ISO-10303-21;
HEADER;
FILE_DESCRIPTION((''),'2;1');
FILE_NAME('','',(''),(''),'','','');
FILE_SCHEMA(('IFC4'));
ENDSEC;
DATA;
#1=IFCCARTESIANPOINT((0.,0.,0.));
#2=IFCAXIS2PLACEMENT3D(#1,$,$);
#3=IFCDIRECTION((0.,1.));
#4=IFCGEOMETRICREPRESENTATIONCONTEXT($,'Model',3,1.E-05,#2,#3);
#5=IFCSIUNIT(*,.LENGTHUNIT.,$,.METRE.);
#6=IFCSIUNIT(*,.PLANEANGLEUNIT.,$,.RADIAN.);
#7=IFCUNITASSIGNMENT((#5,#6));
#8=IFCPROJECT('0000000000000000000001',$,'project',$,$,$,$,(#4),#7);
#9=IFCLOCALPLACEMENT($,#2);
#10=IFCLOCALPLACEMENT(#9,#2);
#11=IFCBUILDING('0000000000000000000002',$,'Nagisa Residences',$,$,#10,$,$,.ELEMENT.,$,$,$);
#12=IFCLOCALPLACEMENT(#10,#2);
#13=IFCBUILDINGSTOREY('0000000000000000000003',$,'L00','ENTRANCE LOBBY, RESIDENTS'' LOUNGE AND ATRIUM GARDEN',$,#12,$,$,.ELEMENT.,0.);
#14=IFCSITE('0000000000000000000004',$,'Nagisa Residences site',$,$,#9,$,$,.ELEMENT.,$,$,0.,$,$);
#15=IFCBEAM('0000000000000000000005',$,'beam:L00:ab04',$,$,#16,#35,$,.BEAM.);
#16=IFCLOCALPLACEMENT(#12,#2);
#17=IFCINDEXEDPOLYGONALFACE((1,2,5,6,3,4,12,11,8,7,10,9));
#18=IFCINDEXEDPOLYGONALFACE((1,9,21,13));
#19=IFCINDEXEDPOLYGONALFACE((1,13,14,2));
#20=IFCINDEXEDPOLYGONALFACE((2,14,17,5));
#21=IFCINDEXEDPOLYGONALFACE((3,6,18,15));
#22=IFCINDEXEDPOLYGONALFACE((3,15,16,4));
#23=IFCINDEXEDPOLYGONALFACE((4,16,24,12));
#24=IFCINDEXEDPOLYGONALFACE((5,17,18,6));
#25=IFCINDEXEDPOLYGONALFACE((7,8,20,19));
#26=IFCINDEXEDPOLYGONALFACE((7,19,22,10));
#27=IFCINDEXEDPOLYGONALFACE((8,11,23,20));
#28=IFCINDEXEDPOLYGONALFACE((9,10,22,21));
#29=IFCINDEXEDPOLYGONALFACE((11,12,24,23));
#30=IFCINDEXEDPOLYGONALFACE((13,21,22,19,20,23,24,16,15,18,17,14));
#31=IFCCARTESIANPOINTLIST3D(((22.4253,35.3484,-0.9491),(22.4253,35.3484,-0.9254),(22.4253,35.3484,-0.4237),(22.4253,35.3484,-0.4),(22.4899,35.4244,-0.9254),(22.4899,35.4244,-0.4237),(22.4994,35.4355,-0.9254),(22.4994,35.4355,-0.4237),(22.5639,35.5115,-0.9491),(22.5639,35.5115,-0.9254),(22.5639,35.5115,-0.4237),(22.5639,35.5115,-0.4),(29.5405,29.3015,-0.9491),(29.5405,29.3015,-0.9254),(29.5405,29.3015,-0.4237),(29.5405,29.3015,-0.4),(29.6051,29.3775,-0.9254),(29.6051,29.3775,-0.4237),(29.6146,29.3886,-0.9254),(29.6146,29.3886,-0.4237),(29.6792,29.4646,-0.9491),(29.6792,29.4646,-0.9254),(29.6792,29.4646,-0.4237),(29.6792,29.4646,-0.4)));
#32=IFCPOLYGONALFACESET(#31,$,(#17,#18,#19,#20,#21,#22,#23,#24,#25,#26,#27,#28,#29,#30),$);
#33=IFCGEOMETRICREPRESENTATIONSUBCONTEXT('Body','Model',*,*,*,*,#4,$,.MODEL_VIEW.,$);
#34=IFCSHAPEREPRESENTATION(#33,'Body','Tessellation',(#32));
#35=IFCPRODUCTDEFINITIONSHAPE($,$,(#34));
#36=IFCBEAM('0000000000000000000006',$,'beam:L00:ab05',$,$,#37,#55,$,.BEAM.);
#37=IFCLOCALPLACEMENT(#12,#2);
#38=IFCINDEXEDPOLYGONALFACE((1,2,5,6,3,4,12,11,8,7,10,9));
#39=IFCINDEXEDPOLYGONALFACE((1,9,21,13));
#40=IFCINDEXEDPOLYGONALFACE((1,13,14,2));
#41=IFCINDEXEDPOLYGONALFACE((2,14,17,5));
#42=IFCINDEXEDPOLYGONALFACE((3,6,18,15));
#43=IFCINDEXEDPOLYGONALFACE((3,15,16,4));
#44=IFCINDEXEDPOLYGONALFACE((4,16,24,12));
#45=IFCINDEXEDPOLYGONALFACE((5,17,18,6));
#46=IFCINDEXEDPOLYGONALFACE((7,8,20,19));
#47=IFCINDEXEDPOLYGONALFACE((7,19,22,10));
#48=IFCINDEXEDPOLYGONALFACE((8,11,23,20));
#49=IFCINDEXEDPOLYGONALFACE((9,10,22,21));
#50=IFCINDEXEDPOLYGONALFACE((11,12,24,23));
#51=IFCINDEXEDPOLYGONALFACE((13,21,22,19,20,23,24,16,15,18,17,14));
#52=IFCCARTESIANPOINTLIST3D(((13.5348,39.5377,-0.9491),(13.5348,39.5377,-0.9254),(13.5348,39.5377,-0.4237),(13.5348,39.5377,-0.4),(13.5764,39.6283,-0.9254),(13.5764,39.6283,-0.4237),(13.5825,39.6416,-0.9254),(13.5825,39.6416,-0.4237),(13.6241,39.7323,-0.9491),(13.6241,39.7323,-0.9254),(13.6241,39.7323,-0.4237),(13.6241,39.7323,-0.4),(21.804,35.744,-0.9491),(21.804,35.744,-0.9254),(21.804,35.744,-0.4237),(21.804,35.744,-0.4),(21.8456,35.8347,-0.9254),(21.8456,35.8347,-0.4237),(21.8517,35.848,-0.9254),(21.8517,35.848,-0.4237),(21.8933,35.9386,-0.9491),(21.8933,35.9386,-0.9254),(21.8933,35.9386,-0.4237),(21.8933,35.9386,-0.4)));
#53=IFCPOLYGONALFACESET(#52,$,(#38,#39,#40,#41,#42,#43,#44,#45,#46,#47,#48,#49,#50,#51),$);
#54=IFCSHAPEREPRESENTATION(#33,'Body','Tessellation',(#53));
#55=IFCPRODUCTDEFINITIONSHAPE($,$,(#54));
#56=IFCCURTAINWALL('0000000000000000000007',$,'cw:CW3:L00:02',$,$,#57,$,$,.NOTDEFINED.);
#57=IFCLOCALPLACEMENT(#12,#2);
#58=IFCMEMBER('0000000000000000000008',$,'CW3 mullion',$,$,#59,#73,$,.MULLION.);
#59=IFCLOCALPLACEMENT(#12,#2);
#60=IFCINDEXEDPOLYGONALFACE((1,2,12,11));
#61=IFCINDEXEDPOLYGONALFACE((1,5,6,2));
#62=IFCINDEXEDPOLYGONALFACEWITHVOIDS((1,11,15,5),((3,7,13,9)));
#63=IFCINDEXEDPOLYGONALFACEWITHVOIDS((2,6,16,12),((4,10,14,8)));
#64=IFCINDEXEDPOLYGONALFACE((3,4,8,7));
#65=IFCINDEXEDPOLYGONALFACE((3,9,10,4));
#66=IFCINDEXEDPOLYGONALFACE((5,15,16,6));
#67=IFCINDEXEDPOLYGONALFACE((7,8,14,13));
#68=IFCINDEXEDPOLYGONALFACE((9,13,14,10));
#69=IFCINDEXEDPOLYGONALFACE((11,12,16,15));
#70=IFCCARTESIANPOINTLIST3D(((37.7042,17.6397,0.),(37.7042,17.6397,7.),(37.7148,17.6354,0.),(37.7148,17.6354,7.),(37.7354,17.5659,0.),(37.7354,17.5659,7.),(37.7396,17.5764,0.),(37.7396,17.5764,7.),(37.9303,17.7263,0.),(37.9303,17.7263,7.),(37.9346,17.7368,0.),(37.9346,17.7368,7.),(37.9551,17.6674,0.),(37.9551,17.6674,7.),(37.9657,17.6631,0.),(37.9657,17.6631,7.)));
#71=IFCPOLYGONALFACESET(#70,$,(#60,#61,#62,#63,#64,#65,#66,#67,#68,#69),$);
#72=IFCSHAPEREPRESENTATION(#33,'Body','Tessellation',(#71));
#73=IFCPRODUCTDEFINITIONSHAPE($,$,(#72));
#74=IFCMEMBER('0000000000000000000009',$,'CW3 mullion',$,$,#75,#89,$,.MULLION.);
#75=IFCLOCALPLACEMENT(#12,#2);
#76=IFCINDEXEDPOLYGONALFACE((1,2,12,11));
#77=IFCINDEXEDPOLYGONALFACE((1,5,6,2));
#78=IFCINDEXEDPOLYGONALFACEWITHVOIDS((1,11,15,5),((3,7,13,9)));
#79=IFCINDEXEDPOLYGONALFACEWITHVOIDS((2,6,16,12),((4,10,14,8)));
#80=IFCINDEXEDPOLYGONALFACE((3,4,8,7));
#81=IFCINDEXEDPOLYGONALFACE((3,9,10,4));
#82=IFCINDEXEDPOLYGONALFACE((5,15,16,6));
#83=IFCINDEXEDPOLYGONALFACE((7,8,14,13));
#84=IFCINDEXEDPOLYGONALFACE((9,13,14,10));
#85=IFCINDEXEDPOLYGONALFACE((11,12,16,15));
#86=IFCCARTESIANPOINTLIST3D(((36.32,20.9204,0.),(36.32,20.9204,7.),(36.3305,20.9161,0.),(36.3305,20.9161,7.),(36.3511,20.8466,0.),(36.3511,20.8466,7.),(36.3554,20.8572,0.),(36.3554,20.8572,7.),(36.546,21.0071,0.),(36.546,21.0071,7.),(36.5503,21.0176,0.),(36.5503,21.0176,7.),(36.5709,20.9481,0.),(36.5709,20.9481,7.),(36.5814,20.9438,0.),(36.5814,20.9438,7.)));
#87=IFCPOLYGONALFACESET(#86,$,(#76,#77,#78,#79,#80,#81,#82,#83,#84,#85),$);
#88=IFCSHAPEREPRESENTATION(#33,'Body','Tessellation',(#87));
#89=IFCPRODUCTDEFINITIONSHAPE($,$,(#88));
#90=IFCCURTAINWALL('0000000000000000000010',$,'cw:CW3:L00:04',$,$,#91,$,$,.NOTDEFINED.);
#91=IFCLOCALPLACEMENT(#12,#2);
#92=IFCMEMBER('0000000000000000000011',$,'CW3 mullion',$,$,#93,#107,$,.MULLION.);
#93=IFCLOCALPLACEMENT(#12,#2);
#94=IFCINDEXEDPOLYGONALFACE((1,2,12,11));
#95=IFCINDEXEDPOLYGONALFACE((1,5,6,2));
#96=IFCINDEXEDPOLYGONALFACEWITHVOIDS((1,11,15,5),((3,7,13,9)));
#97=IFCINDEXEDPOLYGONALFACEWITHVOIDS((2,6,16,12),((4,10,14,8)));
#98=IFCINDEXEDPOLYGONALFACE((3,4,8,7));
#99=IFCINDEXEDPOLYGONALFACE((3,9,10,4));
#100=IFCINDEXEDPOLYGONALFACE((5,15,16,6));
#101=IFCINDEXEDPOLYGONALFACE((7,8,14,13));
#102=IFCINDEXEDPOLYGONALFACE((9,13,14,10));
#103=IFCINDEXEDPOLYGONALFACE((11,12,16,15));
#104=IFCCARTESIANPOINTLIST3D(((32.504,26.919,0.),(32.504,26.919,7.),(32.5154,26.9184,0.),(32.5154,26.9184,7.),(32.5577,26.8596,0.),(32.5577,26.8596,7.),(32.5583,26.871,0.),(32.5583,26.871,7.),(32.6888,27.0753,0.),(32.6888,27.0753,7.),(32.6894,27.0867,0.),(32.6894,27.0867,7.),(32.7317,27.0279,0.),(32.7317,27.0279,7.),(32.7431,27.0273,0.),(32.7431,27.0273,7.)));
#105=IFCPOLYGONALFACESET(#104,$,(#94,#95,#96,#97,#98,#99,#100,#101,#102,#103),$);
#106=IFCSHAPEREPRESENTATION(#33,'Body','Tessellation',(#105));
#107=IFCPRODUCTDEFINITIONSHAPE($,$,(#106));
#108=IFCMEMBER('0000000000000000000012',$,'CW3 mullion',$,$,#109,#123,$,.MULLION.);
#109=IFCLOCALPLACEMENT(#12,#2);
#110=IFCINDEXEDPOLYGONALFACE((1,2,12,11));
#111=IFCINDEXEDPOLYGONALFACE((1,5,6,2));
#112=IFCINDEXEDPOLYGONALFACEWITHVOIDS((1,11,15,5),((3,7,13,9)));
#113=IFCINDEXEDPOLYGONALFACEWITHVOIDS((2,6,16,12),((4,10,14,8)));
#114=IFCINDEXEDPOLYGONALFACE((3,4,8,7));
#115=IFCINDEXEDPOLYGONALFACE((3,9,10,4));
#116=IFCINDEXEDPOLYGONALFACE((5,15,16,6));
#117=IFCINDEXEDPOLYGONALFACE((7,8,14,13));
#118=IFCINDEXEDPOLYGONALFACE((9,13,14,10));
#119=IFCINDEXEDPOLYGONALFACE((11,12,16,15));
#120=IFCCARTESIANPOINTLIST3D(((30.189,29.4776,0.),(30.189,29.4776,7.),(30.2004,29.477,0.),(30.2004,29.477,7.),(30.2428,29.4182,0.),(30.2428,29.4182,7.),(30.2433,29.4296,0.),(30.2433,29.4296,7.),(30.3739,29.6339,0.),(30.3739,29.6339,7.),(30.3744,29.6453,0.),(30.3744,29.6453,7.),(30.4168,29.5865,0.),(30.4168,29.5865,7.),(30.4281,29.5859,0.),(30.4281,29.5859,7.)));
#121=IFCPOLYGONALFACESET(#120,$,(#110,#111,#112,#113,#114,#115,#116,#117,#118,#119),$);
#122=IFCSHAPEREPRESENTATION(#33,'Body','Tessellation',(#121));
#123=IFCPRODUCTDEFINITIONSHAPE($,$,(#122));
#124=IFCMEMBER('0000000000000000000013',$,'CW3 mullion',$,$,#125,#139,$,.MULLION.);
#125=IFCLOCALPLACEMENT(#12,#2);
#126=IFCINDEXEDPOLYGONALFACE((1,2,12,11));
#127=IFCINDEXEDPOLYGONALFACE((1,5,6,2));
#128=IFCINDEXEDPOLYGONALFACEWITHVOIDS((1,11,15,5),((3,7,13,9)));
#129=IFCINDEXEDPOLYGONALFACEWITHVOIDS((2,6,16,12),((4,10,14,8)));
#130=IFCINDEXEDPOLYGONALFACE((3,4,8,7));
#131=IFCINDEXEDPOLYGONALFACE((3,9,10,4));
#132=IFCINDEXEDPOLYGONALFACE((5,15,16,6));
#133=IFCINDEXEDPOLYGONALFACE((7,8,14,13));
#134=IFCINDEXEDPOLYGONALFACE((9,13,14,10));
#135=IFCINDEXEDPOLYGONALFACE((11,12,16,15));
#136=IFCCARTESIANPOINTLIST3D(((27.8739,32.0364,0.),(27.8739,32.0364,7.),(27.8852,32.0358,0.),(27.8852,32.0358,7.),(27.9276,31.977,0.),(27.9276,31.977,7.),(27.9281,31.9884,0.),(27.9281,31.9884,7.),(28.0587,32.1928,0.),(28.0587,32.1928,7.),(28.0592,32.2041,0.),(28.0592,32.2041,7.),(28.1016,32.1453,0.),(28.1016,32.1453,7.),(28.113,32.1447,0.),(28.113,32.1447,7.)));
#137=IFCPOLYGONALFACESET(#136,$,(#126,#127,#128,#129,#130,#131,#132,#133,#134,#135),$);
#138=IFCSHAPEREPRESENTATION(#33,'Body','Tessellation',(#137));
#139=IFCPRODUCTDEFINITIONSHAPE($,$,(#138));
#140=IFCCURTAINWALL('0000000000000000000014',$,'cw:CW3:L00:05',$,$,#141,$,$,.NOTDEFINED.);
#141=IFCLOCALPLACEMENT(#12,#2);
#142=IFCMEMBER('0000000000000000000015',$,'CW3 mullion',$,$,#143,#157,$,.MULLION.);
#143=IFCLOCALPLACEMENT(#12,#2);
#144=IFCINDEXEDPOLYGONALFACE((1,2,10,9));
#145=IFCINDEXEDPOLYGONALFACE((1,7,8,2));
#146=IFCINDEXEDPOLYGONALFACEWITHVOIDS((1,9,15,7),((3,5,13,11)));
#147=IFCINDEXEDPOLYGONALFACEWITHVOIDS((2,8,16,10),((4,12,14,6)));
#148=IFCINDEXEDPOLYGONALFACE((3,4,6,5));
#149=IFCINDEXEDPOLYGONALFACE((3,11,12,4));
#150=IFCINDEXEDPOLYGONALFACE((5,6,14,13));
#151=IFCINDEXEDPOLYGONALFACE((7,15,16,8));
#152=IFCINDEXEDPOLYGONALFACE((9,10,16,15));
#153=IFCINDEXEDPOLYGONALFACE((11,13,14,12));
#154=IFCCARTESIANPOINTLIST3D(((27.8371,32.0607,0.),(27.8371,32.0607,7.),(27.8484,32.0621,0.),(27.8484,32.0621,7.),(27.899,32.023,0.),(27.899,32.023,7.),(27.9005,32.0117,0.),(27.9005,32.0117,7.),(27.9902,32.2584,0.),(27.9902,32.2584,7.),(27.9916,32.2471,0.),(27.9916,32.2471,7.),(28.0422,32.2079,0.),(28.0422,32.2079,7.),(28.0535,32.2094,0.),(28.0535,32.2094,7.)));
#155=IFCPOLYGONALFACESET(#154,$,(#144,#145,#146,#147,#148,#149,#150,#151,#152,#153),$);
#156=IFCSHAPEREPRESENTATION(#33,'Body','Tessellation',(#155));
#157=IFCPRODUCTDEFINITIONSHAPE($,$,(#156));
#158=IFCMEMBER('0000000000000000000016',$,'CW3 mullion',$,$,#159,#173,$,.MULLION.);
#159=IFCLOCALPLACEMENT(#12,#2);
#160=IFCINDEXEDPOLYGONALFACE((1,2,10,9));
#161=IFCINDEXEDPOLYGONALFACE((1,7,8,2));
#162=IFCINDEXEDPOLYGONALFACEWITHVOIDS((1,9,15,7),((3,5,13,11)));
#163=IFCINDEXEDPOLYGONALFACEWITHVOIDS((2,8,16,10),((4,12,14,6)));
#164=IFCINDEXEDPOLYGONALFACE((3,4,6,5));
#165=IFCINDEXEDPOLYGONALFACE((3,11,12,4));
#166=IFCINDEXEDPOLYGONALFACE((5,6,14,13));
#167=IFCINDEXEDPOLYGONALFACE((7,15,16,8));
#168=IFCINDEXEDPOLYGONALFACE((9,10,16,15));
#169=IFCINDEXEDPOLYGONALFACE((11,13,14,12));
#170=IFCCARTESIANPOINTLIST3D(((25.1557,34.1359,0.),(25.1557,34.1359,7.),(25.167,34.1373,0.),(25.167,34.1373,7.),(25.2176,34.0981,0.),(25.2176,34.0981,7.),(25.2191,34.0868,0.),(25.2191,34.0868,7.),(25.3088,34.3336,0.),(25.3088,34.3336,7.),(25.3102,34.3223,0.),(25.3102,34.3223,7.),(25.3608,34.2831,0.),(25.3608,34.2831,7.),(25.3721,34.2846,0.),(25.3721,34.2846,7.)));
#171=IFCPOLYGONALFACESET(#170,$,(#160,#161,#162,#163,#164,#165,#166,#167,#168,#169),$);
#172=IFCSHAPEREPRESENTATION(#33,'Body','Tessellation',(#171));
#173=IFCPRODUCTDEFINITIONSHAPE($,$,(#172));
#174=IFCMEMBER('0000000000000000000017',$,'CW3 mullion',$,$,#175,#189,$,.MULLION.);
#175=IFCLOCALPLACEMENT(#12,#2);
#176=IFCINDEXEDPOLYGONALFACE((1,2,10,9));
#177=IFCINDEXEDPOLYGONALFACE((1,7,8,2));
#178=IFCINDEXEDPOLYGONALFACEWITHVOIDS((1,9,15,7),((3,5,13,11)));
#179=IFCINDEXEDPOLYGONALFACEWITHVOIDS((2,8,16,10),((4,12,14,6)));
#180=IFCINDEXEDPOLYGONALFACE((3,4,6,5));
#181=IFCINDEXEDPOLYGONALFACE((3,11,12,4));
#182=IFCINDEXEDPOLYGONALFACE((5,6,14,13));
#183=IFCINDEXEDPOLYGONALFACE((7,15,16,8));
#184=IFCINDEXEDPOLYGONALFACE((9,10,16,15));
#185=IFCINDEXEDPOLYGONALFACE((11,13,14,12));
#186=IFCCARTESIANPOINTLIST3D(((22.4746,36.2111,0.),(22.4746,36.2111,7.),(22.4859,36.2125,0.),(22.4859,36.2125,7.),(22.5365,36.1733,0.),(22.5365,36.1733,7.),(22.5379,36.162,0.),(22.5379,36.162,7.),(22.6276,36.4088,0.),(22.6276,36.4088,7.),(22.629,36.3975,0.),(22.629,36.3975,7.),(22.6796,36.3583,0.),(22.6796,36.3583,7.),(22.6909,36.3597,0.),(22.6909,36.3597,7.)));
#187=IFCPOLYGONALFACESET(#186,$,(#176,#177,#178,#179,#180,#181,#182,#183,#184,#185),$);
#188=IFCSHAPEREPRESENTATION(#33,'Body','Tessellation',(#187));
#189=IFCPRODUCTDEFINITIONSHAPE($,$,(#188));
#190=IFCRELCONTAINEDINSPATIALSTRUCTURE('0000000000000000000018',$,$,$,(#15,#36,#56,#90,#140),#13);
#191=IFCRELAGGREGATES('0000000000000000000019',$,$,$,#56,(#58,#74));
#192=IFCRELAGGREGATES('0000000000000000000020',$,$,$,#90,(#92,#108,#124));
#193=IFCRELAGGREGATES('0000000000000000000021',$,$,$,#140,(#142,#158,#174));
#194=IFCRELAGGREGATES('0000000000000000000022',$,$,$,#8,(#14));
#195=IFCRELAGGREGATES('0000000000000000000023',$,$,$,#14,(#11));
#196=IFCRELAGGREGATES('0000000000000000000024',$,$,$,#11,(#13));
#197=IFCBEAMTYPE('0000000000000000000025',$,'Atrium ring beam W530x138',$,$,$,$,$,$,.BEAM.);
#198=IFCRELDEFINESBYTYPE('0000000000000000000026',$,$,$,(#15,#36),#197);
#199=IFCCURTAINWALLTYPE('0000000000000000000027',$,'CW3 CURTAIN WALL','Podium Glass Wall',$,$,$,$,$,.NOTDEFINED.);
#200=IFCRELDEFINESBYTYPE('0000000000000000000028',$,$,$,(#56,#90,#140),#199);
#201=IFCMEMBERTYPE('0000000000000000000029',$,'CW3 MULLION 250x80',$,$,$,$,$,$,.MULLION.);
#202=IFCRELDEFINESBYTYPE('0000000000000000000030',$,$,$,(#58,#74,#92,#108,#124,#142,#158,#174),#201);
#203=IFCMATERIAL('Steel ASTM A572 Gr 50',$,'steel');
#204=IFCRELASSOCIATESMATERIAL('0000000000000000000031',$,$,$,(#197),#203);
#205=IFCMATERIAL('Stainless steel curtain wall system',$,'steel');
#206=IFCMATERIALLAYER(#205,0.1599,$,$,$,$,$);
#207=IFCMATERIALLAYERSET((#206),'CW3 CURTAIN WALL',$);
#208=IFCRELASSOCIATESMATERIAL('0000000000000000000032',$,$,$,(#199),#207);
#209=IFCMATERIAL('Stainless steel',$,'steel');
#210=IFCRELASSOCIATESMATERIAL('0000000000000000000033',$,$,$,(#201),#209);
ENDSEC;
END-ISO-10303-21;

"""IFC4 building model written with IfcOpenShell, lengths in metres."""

from ifc_helpers import new_model, si_unit, direction, frame, origin, origin_2d, place, context, subcontext, project, spatial, hollow_rectangle, i_section, extrude, material, layer, layer_set, material_profile, profile_set, type_object, element, aggregate, save


model = new_model("IFC4")

# Units and contexts
model_context = context("Model", 3, precision=1e-05, world=origin(), true_north=direction((0.0, 1.0)))
body_context = subcontext(model_context, "Body", "Model", "MODEL_VIEW")
ifc_project = project(units=[si_unit("LENGTHUNIT", "METRE"), si_unit("PLANEANGLEUNIT", "RADIAN")], contexts=[model_context])

# Site, building, storey
site_placement = place(None, origin())
site = spatial("IfcSite", under=ifc_project, at=site_placement, Name="Nagisa Residences site", CompositionType="ELEMENT", RefElevation=0.0)
building_placement = place(site_placement, origin())
building = spatial("IfcBuilding", under=site, at=building_placement, Name="Nagisa Residences", CompositionType="ELEMENT")
storey_placement = place(building_placement, origin())
storey = spatial("IfcBuildingStorey", under=building, at=storey_placement, Name="L00", Description="ENTRANCE LOBBY, RESIDENTS' LOUNGE AND ATRIUM GARDEN", CompositionType="ELEMENT", Elevation=0.0)

# Beams
ifc_material_1 = material(Name="Steel ASTM A572 Gr 50", Category="steel")
ifc_material_profile_1 = material_profile(ifc_material_1, i_section(OverallWidth=0.2141, OverallDepth=0.5491, WebThickness=0.0146, FlangeThickness=0.0237, at=origin_2d()), Name="W530x138")
ifc_profile_set_1 = profile_set([ifc_material_profile_1], Name="Steel ASTM A572 Gr 50")
beam_type_1 = type_object("IfcBeamType", Name="Atrium ring beam W530x138", PredefinedType="BEAM", material=ifc_profile_set_1)
beam_1_placement = place(storey_placement, frame((29.6099, 29.3831, -0.6746), z_axis=(-0.761996, 0.647582, 0.0), x_axis=(-0.647582, -0.761996, 0.0)))
element("IfcBeam", 1, at=beam_1_placement, inside=storey, type_object=beam_type_1, Name="beam:L00:ab04", PredefinedType="BEAM", context=body_context, shape_type="SweptSolid", body=[
    extrude(i_section(OverallWidth=0.2141, OverallDepth=0.5491, WebThickness=0.0146, FlangeThickness=0.0237, at=origin_2d()), origin(), (0.0, 0.0, 1.0), 9.3376),
])
beam_2_placement = place(storey_placement, frame((21.8486, 35.8413, -0.6746), z_axis=(-0.908914, 0.416983, 0.0), x_axis=(-0.416983, -0.908914, 0.0)))
element("IfcBeam", 2, at=beam_2_placement, inside=storey, type_object=beam_type_1, Name="beam:L00:ab05", PredefinedType="BEAM", context=body_context, shape_type="SweptSolid", body=[
    extrude(i_section(OverallWidth=0.2141, OverallDepth=0.5491, WebThickness=0.0146, FlangeThickness=0.0237, at=origin_2d()), origin(), (0.0, 0.0, 1.0), 9.0979),
])

# Curtain walls, members
ifc_material_2 = material(Name="Stainless steel curtain wall system", Category="steel")
ifc_layer_1 = layer(ifc_material_2, 0.1599)
ifc_layer_set_1 = layer_set([ifc_layer_1], Name="CW3 CURTAIN WALL")
curtain_wall_type = type_object("IfcCurtainWallType", Name="CW3 CURTAIN WALL", Description="Podium Glass Wall", PredefinedType="NOTDEFINED", material=ifc_layer_set_1)
curtain_wall_1_placement = place(storey_placement, origin())
curtain_wall_1 = element("IfcCurtainWall", 3, at=curtain_wall_1_placement, inside=storey, type_object=curtain_wall_type, Name="cw:CW3:L00:02", PredefinedType="NOTDEFINED")
ifc_material_3 = material(Name="Stainless steel", Category="steel")
ifc_material_profile_2 = material_profile(ifc_material_3, hollow_rectangle(XDim=0.25, YDim=0.0801, WallThickness=0.0081, at=origin_2d()), Name="CW3 MULLION 250x80")
ifc_profile_set_2 = profile_set([ifc_material_profile_2], Name="Stainless steel")
member_type_1 = type_object("IfcMemberType", Name="CW3 MULLION 250x80", PredefinedType="MULLION", material=ifc_profile_set_2)
member_1_placement = place(storey_placement, frame((37.835, 17.6514, 0.0), z_axis=(0.0, 0.0, 1.0), x_axis=(-0.921357, -0.388718, 0.0)))
member_1 = element("IfcMember", 4, at=member_1_placement, type_object=member_type_1, Name="CW3 mullion", PredefinedType="MULLION", context=body_context, shape_type="SweptSolid", body=[
    extrude(hollow_rectangle(XDim=0.25, YDim=0.0801, WallThickness=0.0081, at=origin_2d()), origin(), (0.0, 0.0, 1.0), 7.0),
])
member_2_placement = place(storey_placement, frame((36.4507, 20.9321, 0.0), z_axis=(0.0, 0.0, 1.0), x_axis=(-0.921357, -0.388718, 0.0)))
member_2 = element("IfcMember", 5, at=member_2_placement, type_object=member_type_1, Name="CW3 mullion", PredefinedType="MULLION", context=body_context, shape_type="SweptSolid", body=[
    extrude(hollow_rectangle(XDim=0.25, YDim=0.0801, WallThickness=0.0081, at=origin_2d()), origin(), (0.0, 0.0, 1.0), 7.0),
])
curtain_wall_2_placement = place(storey_placement, origin())
curtain_wall_2 = element("IfcCurtainWall", 6, at=curtain_wall_2_placement, inside=storey, type_object=curtain_wall_type, Name="cw:CW3:L00:04", PredefinedType="NOTDEFINED")
member_3_placement = place(storey_placement, frame((32.6235, 26.9731, 0.0), z_axis=(0.0, 0.0, 1.0), x_axis=(-0.741536, -0.670913, 0.0)))
member_3 = element("IfcMember", 7, at=member_3_placement, type_object=member_type_1, Name="CW3 mullion", PredefinedType="MULLION", context=body_context, shape_type="SweptSolid", body=[
    extrude(hollow_rectangle(XDim=0.25, YDim=0.0801, WallThickness=0.0081, at=origin_2d()), origin(), (0.0, 0.0, 1.0), 7.0),
])
member_4_placement = place(storey_placement, frame((30.3086, 29.5317, 0.0), z_axis=(0.0, 0.0, 1.0), x_axis=(-0.741536, -0.670913, 0.0)))
member_4 = element("IfcMember", 8, at=member_4_placement, type_object=member_type_1, Name="CW3 mullion", PredefinedType="MULLION", context=body_context, shape_type="SweptSolid", body=[
    extrude(hollow_rectangle(XDim=0.25, YDim=0.0801, WallThickness=0.0081, at=origin_2d()), origin(), (0.0, 0.0, 1.0), 7.0),
])
member_5_placement = place(storey_placement, frame((27.9934, 32.0906, 0.0), z_axis=(0.0, 0.0, 1.0), x_axis=(-0.741536, -0.670913, 0.0)))
member_5 = element("IfcMember", 9, at=member_5_placement, type_object=member_type_1, Name="CW3 mullion", PredefinedType="MULLION", context=body_context, shape_type="SweptSolid", body=[
    extrude(hollow_rectangle(XDim=0.25, YDim=0.0801, WallThickness=0.0081, at=origin_2d()), origin(), (0.0, 0.0, 1.0), 7.0),
])
curtain_wall_3_placement = place(storey_placement, origin())
curtain_wall_3 = element("IfcCurtainWall", 10, at=curtain_wall_3_placement, inside=storey, type_object=curtain_wall_type, Name="cw:CW3:L00:05", PredefinedType="NOTDEFINED")
member_6_placement = place(storey_placement, frame((27.9453, 32.135, 0.0), z_axis=(0.0, 0.0, 1.0), x_axis=(-0.612035, -0.790831, 0.0)))
member_6 = element("IfcMember", 11, at=member_6_placement, type_object=member_type_1, Name="CW3 mullion", PredefinedType="MULLION", context=body_context, shape_type="SweptSolid", body=[
    extrude(hollow_rectangle(XDim=0.25, YDim=0.0801, WallThickness=0.0081, at=origin_2d()), origin(), (0.0, 0.0, 1.0), 7.0),
])
member_7_placement = place(storey_placement, frame((25.2639, 34.2102, 0.0), z_axis=(0.0, 0.0, 1.0), x_axis=(-0.612035, -0.790831, 0.0)))
member_7 = element("IfcMember", 12, at=member_7_placement, type_object=member_type_1, Name="CW3 mullion", PredefinedType="MULLION", context=body_context, shape_type="SweptSolid", body=[
    extrude(hollow_rectangle(XDim=0.25, YDim=0.0801, WallThickness=0.0081, at=origin_2d()), origin(), (0.0, 0.0, 1.0), 7.0),
])
member_8_placement = place(storey_placement, frame((22.5828, 36.2854, 0.0), z_axis=(0.0, 0.0, 1.0), x_axis=(-0.612035, -0.790831, 0.0)))
member_8 = element("IfcMember", 13, at=member_8_placement, type_object=member_type_1, Name="CW3 mullion", PredefinedType="MULLION", context=body_context, shape_type="SweptSolid", body=[
    extrude(hollow_rectangle(XDim=0.25, YDim=0.0801, WallThickness=0.0081, at=origin_2d()), origin(), (0.0, 0.0, 1.0), 7.0),
])

aggregate(curtain_wall_1, [member_1, member_2])
aggregate(curtain_wall_2, [member_3, member_4, member_5])
aggregate(curtain_wall_3, [member_6, member_7, member_8])

save(model, "model.ifc")
